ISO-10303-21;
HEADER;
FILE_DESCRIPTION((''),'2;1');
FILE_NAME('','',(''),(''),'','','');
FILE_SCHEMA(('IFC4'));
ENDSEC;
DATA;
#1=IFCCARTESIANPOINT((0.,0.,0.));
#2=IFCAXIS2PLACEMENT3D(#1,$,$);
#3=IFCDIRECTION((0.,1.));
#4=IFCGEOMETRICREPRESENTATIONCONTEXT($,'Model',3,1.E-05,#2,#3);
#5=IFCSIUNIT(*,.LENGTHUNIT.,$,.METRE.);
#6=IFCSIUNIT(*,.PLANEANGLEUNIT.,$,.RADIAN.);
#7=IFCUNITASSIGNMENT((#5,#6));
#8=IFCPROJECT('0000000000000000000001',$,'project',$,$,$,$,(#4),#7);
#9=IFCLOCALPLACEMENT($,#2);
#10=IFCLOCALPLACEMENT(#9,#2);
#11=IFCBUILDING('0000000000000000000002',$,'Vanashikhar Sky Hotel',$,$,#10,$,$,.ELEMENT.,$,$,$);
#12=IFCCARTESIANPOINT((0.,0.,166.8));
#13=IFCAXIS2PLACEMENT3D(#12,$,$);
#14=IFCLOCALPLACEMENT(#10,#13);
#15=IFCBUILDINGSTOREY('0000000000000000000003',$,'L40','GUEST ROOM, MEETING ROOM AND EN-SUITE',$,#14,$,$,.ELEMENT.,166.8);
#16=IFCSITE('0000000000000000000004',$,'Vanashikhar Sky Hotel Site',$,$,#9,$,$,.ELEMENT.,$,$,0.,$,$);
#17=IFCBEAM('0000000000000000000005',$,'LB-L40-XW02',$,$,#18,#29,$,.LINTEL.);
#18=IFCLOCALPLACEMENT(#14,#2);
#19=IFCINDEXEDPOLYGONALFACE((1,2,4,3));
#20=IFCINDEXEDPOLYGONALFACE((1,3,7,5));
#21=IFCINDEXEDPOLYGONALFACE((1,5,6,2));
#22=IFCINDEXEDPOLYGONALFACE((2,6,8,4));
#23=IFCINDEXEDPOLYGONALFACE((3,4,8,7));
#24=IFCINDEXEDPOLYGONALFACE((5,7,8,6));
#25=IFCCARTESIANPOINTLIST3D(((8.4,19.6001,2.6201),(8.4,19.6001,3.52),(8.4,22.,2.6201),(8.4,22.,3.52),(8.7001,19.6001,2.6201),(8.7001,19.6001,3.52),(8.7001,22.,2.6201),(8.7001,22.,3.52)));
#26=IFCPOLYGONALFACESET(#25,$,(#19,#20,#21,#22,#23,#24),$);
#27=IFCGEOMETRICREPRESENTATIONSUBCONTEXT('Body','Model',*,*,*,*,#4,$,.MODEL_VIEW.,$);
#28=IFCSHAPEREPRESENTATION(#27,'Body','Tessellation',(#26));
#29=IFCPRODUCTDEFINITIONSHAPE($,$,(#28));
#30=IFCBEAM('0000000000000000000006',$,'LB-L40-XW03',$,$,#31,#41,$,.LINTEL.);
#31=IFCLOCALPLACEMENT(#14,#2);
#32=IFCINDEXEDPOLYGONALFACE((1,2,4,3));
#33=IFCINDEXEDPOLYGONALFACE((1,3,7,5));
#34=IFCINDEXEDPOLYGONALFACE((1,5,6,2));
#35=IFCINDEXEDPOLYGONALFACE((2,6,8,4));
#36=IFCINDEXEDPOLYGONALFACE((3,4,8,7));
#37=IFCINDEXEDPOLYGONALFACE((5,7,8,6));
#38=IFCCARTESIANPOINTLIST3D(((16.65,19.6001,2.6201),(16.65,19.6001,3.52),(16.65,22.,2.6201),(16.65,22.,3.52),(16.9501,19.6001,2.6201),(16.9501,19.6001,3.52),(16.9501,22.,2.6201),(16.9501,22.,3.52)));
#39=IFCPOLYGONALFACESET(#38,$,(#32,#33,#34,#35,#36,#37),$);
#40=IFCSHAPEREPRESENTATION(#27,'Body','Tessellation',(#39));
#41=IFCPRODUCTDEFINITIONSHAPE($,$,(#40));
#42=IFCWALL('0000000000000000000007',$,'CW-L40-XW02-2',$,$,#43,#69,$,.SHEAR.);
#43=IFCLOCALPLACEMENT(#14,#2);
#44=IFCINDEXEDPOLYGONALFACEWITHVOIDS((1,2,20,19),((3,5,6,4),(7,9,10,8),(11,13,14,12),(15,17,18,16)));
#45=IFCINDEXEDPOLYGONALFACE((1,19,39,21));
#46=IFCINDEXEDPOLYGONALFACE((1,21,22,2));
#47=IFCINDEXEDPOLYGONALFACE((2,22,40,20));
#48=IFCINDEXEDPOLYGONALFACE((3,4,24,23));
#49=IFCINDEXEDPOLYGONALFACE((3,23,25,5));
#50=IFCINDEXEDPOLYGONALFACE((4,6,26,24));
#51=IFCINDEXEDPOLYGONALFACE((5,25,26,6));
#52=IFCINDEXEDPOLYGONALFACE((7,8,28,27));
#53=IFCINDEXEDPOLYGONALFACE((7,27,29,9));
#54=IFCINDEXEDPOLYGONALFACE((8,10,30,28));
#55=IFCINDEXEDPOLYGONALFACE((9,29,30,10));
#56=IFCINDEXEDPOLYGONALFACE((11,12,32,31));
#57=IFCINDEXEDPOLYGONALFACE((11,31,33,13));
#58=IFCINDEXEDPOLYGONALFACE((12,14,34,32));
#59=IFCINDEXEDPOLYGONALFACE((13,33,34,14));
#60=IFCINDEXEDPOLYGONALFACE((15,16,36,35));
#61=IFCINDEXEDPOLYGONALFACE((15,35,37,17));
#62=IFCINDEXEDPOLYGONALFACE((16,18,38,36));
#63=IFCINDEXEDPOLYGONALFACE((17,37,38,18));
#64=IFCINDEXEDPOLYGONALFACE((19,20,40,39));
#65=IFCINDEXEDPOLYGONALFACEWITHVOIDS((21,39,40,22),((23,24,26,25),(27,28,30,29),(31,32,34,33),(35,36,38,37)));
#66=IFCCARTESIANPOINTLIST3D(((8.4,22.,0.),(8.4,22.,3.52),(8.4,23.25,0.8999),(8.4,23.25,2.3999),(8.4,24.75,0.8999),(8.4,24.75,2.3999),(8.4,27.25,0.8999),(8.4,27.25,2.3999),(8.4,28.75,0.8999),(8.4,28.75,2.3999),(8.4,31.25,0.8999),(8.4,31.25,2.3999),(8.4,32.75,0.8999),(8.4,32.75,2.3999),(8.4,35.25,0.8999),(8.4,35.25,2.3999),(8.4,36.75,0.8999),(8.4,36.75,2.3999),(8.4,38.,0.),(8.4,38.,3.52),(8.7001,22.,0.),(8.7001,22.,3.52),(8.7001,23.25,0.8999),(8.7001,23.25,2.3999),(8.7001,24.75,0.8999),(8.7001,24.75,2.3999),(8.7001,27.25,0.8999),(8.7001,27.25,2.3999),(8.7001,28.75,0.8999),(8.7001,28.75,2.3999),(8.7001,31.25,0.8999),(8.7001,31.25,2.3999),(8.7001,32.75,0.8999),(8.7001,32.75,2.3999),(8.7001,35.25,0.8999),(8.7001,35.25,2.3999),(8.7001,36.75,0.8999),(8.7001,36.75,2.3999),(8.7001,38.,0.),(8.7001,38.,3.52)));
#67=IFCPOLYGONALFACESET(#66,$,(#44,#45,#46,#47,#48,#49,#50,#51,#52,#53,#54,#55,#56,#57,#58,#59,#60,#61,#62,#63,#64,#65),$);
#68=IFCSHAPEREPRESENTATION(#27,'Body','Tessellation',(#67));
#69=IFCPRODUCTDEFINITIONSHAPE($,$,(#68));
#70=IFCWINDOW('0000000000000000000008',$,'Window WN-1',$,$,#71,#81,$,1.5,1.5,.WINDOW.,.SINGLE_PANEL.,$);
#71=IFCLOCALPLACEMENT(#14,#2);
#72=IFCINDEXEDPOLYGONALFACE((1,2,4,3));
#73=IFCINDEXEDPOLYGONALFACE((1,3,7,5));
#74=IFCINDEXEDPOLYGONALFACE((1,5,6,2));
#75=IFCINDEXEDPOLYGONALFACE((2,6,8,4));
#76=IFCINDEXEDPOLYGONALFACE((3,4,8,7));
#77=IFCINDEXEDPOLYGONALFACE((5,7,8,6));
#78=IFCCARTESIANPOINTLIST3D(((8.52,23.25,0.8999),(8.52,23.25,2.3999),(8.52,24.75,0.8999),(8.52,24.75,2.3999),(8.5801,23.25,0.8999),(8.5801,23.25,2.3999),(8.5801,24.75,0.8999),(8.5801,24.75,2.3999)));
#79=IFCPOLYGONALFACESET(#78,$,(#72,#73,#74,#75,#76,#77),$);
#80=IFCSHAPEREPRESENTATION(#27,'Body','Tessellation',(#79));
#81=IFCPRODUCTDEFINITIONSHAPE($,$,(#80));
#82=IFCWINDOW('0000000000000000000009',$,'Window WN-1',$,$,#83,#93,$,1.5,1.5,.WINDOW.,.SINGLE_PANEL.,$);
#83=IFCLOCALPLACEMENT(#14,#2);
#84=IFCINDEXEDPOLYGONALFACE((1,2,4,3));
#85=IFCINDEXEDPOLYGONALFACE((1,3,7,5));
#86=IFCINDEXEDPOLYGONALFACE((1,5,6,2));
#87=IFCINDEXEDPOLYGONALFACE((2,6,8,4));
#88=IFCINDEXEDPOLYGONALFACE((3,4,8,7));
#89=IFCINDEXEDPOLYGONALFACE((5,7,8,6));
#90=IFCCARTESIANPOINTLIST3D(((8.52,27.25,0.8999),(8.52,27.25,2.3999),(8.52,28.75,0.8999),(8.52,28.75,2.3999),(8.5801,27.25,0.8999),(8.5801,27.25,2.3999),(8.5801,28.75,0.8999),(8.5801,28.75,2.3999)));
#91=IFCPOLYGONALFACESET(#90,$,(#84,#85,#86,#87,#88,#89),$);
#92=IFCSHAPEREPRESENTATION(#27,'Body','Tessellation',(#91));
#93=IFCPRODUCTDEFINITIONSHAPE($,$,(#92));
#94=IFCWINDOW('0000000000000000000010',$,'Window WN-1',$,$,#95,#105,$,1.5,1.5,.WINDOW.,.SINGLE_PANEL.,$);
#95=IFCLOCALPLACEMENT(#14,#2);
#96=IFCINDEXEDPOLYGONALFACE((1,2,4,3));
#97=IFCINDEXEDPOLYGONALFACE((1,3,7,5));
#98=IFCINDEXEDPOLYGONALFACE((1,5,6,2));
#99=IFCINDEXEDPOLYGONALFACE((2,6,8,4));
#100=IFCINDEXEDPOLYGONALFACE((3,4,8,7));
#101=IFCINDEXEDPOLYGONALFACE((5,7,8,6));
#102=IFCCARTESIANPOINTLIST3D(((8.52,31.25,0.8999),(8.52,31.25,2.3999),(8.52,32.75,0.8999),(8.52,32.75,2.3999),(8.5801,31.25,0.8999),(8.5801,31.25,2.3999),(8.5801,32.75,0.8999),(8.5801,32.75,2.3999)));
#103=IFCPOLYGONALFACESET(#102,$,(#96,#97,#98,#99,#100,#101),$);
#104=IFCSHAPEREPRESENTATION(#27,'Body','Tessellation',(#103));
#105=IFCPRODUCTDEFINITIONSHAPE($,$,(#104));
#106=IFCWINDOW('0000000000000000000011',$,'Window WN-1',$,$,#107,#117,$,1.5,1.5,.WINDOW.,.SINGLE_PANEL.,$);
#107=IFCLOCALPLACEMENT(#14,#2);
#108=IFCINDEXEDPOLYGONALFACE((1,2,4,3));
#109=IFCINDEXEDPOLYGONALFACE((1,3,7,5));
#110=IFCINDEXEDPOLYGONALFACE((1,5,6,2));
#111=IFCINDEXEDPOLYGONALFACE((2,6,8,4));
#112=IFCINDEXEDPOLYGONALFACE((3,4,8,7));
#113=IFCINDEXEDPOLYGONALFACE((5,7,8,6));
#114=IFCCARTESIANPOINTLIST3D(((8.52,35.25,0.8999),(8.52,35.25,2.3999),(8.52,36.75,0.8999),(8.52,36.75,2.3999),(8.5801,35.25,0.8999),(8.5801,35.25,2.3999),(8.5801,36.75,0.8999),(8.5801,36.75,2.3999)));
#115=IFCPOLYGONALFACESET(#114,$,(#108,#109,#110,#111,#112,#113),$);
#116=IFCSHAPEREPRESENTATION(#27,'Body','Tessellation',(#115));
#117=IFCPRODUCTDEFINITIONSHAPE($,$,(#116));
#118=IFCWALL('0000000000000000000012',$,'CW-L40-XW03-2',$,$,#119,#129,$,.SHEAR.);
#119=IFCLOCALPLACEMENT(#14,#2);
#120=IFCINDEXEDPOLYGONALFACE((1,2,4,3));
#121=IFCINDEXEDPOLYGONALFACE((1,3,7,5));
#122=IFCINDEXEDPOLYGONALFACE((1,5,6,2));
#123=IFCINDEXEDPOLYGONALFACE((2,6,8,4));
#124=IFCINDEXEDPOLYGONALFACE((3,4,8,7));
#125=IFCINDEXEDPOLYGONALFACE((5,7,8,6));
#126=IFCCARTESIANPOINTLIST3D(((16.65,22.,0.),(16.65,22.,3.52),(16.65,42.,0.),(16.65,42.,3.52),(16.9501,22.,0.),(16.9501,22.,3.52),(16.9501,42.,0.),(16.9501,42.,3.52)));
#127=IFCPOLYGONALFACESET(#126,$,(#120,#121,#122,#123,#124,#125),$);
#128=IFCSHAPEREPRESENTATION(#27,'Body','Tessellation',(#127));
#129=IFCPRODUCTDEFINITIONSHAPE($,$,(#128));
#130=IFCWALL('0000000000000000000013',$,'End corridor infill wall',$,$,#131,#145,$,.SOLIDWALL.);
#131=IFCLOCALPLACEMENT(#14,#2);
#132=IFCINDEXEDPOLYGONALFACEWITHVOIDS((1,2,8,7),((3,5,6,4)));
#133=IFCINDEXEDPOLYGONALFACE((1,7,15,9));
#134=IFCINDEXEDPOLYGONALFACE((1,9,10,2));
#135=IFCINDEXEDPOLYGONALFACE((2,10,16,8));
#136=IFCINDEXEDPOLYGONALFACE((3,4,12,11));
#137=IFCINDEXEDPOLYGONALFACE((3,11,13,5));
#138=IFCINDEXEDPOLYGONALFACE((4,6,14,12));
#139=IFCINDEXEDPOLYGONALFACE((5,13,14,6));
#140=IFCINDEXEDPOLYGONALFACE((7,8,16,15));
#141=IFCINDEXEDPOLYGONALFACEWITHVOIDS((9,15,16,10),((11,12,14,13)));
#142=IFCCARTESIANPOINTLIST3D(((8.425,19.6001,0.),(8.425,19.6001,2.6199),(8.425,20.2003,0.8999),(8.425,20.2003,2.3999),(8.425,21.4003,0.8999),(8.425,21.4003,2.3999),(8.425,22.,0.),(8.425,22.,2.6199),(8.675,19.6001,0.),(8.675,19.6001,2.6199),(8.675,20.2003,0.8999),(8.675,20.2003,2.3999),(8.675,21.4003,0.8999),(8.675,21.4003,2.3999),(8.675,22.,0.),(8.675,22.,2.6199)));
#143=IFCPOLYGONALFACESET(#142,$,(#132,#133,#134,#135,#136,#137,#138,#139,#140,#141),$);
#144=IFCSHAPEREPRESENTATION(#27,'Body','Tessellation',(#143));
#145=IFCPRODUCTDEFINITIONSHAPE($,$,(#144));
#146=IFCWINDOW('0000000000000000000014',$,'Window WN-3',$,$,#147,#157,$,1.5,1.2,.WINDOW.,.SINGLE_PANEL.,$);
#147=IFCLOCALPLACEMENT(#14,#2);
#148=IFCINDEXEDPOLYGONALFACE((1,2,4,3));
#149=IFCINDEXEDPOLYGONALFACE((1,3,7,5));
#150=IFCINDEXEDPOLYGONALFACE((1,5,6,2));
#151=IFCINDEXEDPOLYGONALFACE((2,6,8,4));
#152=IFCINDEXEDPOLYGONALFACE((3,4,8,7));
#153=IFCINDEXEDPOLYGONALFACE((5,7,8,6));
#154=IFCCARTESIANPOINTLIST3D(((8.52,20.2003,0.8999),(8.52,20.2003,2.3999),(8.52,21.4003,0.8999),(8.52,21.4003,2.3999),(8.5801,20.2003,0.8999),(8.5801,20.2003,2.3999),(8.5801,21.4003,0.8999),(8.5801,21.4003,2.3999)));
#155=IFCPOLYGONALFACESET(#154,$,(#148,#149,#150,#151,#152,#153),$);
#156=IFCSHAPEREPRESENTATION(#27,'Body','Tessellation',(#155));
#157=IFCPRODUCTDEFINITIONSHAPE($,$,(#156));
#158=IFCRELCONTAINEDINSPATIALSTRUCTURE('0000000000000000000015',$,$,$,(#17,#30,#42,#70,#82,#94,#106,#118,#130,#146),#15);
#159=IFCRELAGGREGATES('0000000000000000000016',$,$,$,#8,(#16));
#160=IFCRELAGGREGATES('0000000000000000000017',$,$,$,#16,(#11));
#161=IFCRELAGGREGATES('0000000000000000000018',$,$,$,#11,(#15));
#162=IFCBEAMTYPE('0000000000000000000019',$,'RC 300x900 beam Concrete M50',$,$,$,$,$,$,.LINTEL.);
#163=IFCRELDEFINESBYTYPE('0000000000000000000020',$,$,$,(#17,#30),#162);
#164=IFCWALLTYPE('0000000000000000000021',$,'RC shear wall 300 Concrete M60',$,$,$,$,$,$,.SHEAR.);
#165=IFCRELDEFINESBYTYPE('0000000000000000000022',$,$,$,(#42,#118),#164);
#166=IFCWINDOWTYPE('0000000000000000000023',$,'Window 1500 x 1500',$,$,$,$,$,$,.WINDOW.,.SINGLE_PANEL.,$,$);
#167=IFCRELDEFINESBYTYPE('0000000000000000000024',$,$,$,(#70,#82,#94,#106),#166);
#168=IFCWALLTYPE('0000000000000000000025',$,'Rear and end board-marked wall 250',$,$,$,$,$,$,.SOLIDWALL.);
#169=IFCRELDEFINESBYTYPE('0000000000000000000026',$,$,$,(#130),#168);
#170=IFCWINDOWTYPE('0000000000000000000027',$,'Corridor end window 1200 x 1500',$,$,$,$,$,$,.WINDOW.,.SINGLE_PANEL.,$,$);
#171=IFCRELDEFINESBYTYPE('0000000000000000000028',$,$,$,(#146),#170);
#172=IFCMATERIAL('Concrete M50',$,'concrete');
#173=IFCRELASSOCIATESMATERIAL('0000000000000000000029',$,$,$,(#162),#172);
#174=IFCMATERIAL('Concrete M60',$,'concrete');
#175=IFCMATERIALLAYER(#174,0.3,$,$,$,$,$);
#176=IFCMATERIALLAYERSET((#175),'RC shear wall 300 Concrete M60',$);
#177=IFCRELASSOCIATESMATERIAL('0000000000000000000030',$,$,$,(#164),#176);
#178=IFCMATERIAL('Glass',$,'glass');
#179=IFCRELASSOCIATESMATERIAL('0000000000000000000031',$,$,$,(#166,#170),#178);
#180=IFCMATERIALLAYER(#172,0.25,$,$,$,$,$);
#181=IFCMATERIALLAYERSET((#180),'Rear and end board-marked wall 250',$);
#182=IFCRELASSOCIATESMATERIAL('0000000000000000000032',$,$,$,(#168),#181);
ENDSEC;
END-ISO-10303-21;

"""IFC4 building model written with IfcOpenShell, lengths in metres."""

from ifc_helpers import new_model, si_unit, direction, frame, frame_2d, origin, origin_2d, place, context, subcontext, project, spatial, rectangle, extrude, source, transform, mapped, material, layer, layer_set, material_profile, profile_set, type_object, element, fill, save


model = new_model("IFC4")

# Units and contexts
model_context = context("Model", 3, precision=1e-05, world=origin(), true_north=direction((0.0, 1.0)))
body_context = subcontext(model_context, "Body", "Model", "MODEL_VIEW")
ifc_project = project(units=[si_unit("LENGTHUNIT", "METRE"), si_unit("PLANEANGLEUNIT", "RADIAN")], contexts=[model_context])

# Site, building, storey
site_placement = place(None, origin())
site = spatial("IfcSite", under=ifc_project, at=site_placement, Name="Vanashikhar Sky Hotel Site", CompositionType="ELEMENT", RefElevation=0.0)
building_placement = place(site_placement, origin())
building = spatial("IfcBuilding", under=site, at=building_placement, Name="Vanashikhar Sky Hotel", CompositionType="ELEMENT")
storey_placement = place(building_placement, frame((0.0, 0.0, 166.8)))
storey = spatial("IfcBuildingStorey", under=building, at=storey_placement, Name="L40", Description="GUEST ROOM, MEETING ROOM AND EN-SUITE", CompositionType="ELEMENT", Elevation=166.8)

# Beams
ifc_material_1 = material(Name="Concrete M50", Category="concrete")
ifc_material_profile = material_profile(ifc_material_1, rectangle(XDim=0.3, YDim=0.8999, at=origin_2d()))
ifc_profile_set = profile_set([ifc_material_profile], Name="RC 300x900 beam Concrete M50")
beam_type = type_object("IfcBeamType", Name="RC 300x900 beam Concrete M50", PredefinedType="LINTEL", material=ifc_profile_set)
shared_shape_1 = source(origin(), body_context, "Body", "SweptSolid", [
    extrude(rectangle(XDim=0.3, YDim=0.8999, at=origin_2d()), origin(), (0.0, 0.0, 1.0), 2.3999),
])
for number, where, z_axis, x_axis, name in (
    (1, (8.55, 19.6001, 3.0701), (0.0, 1.0, 0.0), (-1.0, 0.0, 0.0), "LB-L40-XW02"),
    (2, (16.8, 19.6001, 3.0701), (0.0, 1.0, 0.0), (-1.0, 0.0, 0.0), "LB-L40-XW03"),
):
    element("IfcBeam", number, at=place(storey_placement, frame(where, z_axis=z_axis, x_axis=x_axis)), inside=storey, type_object=beam_type, Name=name, PredefinedType="LINTEL", context=body_context, shape_type="MappedRepresentation", body=[
        mapped(shared_shape_1, transform((0.0, 0.0, 0.0), scale=1.0)),
    ])

# Wall, openings, windows
ifc_material_2 = material(Name="Concrete M60", Category="concrete")
ifc_layer_1 = layer(ifc_material_2, 0.3)
ifc_layer_set_1 = layer_set([ifc_layer_1], Name="RC shear wall 300 Concrete M60")
wall_type_1 = type_object("IfcWallType", Name="RC shear wall 300 Concrete M60", PredefinedType="SHEAR", material=ifc_layer_set_1)
shared_shape_2 = source(origin(), body_context, "Body", "SweptSolid", [
    extrude(rectangle(XDim=16.0, YDim=0.3, at=frame_2d((8.0, 0.0))), origin(), (0.0, 0.0, 1.0), 3.52),
])
wall_1_placement = place(storey_placement, frame((8.55, 22.0, 0.0), z_axis=(0.0, 0.0, 1.0), x_axis=(0.0, 1.0, 0.0)))
wall_1 = element("IfcWall", 3, at=wall_1_placement, inside=storey, type_object=wall_type_1, Name="CW-L40-XW02-2", PredefinedType="SHEAR", context=body_context, shape_type="MappedRepresentation", body=[
    mapped(shared_shape_2, transform((0.0, 0.0, 0.0), scale=1.0)),
])
shared_shape_3 = source(origin(), body_context, "Body", "SweptSolid", [
    extrude(rectangle(XDim=1.5, YDim=1.5, at=frame_2d((0.75, 0.75))), frame((0.0, 0.1602, 0.0), z_axis=(0.0, -1.0, 0.0), x_axis=(1.0, 0.0, 0.0)), (0.0, 0.0, 1.0), 0.3201),
])
opening_1_placement = place(wall_1_placement, frame((1.25, 0.0, 0.8999)))
opening_1 = element("IfcOpeningElement", 4, at=opening_1_placement, cuts=wall_1, PredefinedType="OPENING", context=body_context, shape_type="MappedRepresentation", body=[
    mapped(shared_shape_3, transform((0.0, 0.0, 0.0), scale=1.0)),
])
opening_2_placement = place(wall_1_placement, frame((5.25, 0.0, 0.8999)))
opening_2 = element("IfcOpeningElement", 5, at=opening_2_placement, cuts=wall_1, PredefinedType="OPENING", context=body_context, shape_type="MappedRepresentation", body=[
    mapped(shared_shape_3, transform((0.0, 0.0, 0.0), scale=1.0)),
])
opening_3_placement = place(wall_1_placement, frame((9.25, 0.0, 0.8999)))
opening_3 = element("IfcOpeningElement", 6, at=opening_3_placement, cuts=wall_1, PredefinedType="OPENING", context=body_context, shape_type="MappedRepresentation", body=[
    mapped(shared_shape_3, transform((0.0, 0.0, 0.0), scale=1.0)),
])
opening_4_placement = place(wall_1_placement, frame((13.25, 0.0, 0.8999)))
opening_4 = element("IfcOpeningElement", 7, at=opening_4_placement, cuts=wall_1, PredefinedType="OPENING", context=body_context, shape_type="MappedRepresentation", body=[
    mapped(shared_shape_3, transform((0.0, 0.0, 0.0), scale=1.0)),
])
ifc_material_3 = material(Name="Glass", Category="glass")
window_type_1 = type_object("IfcWindowType", Name="Window 1500 x 1500", PartitioningType="SINGLE_PANEL", PredefinedType="WINDOW", material=ifc_material_3)
shared_shape_4 = source(origin(), body_context, "Body", "SweptSolid", [
    extrude(rectangle(XDim=1.5, YDim=1.5, at=frame_2d((0.75, 0.75))), frame((0.0, 0.03, 0.0), z_axis=(0.0, -1.0, 0.0), x_axis=(1.0, 0.0, 0.0)), (0.0, 0.0, 1.0), 0.0601),
])
window_1_placement = place(opening_1_placement, origin())
window_1 = element("IfcWindow", 8, at=window_1_placement, inside=storey, type_object=window_type_1, Name="Window WN-1", OverallHeight=1.5, OverallWidth=1.5, PartitioningType="SINGLE_PANEL", PredefinedType="WINDOW", context=body_context, shape_type="MappedRepresentation", body=[
    mapped(shared_shape_4, transform((0.0, 0.0, 0.0), scale=1.0)),
])
fill(opening_1, window_1)
window_2_placement = place(opening_2_placement, origin())
window_2 = element("IfcWindow", 9, at=window_2_placement, inside=storey, type_object=window_type_1, Name="Window WN-1", OverallHeight=1.5, OverallWidth=1.5, PartitioningType="SINGLE_PANEL", PredefinedType="WINDOW", context=body_context, shape_type="MappedRepresentation", body=[
    mapped(shared_shape_4, transform((0.0, 0.0, 0.0), scale=1.0)),
])
fill(opening_2, window_2)
window_3_placement = place(opening_3_placement, origin())
window_3 = element("IfcWindow", 10, at=window_3_placement, inside=storey, type_object=window_type_1, Name="Window WN-1", OverallHeight=1.5, OverallWidth=1.5, PartitioningType="SINGLE_PANEL", PredefinedType="WINDOW", context=body_context, shape_type="MappedRepresentation", body=[
    mapped(shared_shape_4, transform((0.0, 0.0, 0.0), scale=1.0)),
])
fill(opening_3, window_3)
window_4_placement = place(opening_4_placement, origin())
window_4 = element("IfcWindow", 11, at=window_4_placement, inside=storey, type_object=window_type_1, Name="Window WN-1", OverallHeight=1.5, OverallWidth=1.5, PartitioningType="SINGLE_PANEL", PredefinedType="WINDOW", context=body_context, shape_type="MappedRepresentation", body=[
    mapped(shared_shape_4, transform((0.0, 0.0, 0.0), scale=1.0)),
])
fill(opening_4, window_4)

# Wall
shared_shape_5 = source(origin(), body_context, "Body", "SweptSolid", [
    extrude(rectangle(XDim=20.0, YDim=0.3, at=frame_2d((10.0, 0.0))), origin(), (0.0, 0.0, 1.0), 3.52),
])
wall_2_placement = place(storey_placement, frame((16.8, 22.0, 0.0), z_axis=(0.0, 0.0, 1.0), x_axis=(0.0, 1.0, 0.0)))
element("IfcWall", 12, at=wall_2_placement, inside=storey, type_object=wall_type_1, Name="CW-L40-XW03-2", PredefinedType="SHEAR", context=body_context, shape_type="MappedRepresentation", body=[
    mapped(shared_shape_5, transform((0.0, 0.0, 0.0), scale=1.0)),
])

# Wall, opening, window
ifc_layer_2 = layer(ifc_material_1, 0.25)
ifc_layer_set_2 = layer_set([ifc_layer_2], Name="Rear and end board-marked wall 250")
wall_type_2 = type_object("IfcWallType", Name="Rear and end board-marked wall 250", PredefinedType="SOLIDWALL", material=ifc_layer_set_2)
shared_shape_6 = source(origin(), body_context, "Body", "SweptSolid", [
    extrude(rectangle(XDim=2.3999, YDim=0.25, at=frame_2d((1.2, 0.0))), origin(), (0.0, 0.0, 1.0), 2.6199),
])
wall_3_placement = place(storey_placement, frame((8.55, 19.6001, 0.0), z_axis=(0.0, 0.0, 1.0), x_axis=(0.0, 1.0, 0.0)))
wall_3 = element("IfcWall", 13, at=wall_3_placement, inside=storey, type_object=wall_type_2, Name="End corridor infill wall", PredefinedType="SOLIDWALL", context=body_context, shape_type="MappedRepresentation", body=[
    mapped(shared_shape_6, transform((0.0, 0.0, 0.0), scale=1.0)),
])
shared_shape_7 = source(origin(), body_context, "Body", "SweptSolid", [
    extrude(rectangle(XDim=1.2, YDim=1.5, at=frame_2d((0.6001, 0.75))), frame((0.0, 0.135, 0.0), z_axis=(0.0, -1.0, 0.0), x_axis=(1.0, 0.0, 0.0)), (0.0, 0.0, 1.0), 0.27),
])
opening_5_placement = place(wall_3_placement, frame((0.6001, 0.0, 0.8999)))
opening_5 = element("IfcOpeningElement", 14, at=opening_5_placement, cuts=wall_3, PredefinedType="OPENING", context=body_context, shape_type="MappedRepresentation", body=[
    mapped(shared_shape_7, transform((0.0, 0.0, 0.0), scale=1.0)),
])
window_type_2 = type_object("IfcWindowType", Name="Corridor end window 1200 x 1500", PartitioningType="SINGLE_PANEL", PredefinedType="WINDOW", material=ifc_material_3)
shared_shape_8 = source(origin(), body_context, "Body", "SweptSolid", [
    extrude(rectangle(XDim=1.2, YDim=1.5, at=frame_2d((0.6001, 0.75))), frame((0.0, 0.03, 0.0), z_axis=(0.0, -1.0, 0.0), x_axis=(1.0, 0.0, 0.0)), (0.0, 0.0, 1.0), 0.0601),
])
window_5_placement = place(opening_5_placement, origin())
window_5 = element("IfcWindow", 15, at=window_5_placement, inside=storey, type_object=window_type_2, Name="Window WN-3", OverallHeight=1.5, OverallWidth=1.2, PartitioningType="SINGLE_PANEL", PredefinedType="WINDOW", context=body_context, shape_type="MappedRepresentation", body=[
    mapped(shared_shape_8, transform((0.0, 0.0, 0.0), scale=1.0)),
])
fill(opening_5, window_5)

save(model, "model.ifc")
